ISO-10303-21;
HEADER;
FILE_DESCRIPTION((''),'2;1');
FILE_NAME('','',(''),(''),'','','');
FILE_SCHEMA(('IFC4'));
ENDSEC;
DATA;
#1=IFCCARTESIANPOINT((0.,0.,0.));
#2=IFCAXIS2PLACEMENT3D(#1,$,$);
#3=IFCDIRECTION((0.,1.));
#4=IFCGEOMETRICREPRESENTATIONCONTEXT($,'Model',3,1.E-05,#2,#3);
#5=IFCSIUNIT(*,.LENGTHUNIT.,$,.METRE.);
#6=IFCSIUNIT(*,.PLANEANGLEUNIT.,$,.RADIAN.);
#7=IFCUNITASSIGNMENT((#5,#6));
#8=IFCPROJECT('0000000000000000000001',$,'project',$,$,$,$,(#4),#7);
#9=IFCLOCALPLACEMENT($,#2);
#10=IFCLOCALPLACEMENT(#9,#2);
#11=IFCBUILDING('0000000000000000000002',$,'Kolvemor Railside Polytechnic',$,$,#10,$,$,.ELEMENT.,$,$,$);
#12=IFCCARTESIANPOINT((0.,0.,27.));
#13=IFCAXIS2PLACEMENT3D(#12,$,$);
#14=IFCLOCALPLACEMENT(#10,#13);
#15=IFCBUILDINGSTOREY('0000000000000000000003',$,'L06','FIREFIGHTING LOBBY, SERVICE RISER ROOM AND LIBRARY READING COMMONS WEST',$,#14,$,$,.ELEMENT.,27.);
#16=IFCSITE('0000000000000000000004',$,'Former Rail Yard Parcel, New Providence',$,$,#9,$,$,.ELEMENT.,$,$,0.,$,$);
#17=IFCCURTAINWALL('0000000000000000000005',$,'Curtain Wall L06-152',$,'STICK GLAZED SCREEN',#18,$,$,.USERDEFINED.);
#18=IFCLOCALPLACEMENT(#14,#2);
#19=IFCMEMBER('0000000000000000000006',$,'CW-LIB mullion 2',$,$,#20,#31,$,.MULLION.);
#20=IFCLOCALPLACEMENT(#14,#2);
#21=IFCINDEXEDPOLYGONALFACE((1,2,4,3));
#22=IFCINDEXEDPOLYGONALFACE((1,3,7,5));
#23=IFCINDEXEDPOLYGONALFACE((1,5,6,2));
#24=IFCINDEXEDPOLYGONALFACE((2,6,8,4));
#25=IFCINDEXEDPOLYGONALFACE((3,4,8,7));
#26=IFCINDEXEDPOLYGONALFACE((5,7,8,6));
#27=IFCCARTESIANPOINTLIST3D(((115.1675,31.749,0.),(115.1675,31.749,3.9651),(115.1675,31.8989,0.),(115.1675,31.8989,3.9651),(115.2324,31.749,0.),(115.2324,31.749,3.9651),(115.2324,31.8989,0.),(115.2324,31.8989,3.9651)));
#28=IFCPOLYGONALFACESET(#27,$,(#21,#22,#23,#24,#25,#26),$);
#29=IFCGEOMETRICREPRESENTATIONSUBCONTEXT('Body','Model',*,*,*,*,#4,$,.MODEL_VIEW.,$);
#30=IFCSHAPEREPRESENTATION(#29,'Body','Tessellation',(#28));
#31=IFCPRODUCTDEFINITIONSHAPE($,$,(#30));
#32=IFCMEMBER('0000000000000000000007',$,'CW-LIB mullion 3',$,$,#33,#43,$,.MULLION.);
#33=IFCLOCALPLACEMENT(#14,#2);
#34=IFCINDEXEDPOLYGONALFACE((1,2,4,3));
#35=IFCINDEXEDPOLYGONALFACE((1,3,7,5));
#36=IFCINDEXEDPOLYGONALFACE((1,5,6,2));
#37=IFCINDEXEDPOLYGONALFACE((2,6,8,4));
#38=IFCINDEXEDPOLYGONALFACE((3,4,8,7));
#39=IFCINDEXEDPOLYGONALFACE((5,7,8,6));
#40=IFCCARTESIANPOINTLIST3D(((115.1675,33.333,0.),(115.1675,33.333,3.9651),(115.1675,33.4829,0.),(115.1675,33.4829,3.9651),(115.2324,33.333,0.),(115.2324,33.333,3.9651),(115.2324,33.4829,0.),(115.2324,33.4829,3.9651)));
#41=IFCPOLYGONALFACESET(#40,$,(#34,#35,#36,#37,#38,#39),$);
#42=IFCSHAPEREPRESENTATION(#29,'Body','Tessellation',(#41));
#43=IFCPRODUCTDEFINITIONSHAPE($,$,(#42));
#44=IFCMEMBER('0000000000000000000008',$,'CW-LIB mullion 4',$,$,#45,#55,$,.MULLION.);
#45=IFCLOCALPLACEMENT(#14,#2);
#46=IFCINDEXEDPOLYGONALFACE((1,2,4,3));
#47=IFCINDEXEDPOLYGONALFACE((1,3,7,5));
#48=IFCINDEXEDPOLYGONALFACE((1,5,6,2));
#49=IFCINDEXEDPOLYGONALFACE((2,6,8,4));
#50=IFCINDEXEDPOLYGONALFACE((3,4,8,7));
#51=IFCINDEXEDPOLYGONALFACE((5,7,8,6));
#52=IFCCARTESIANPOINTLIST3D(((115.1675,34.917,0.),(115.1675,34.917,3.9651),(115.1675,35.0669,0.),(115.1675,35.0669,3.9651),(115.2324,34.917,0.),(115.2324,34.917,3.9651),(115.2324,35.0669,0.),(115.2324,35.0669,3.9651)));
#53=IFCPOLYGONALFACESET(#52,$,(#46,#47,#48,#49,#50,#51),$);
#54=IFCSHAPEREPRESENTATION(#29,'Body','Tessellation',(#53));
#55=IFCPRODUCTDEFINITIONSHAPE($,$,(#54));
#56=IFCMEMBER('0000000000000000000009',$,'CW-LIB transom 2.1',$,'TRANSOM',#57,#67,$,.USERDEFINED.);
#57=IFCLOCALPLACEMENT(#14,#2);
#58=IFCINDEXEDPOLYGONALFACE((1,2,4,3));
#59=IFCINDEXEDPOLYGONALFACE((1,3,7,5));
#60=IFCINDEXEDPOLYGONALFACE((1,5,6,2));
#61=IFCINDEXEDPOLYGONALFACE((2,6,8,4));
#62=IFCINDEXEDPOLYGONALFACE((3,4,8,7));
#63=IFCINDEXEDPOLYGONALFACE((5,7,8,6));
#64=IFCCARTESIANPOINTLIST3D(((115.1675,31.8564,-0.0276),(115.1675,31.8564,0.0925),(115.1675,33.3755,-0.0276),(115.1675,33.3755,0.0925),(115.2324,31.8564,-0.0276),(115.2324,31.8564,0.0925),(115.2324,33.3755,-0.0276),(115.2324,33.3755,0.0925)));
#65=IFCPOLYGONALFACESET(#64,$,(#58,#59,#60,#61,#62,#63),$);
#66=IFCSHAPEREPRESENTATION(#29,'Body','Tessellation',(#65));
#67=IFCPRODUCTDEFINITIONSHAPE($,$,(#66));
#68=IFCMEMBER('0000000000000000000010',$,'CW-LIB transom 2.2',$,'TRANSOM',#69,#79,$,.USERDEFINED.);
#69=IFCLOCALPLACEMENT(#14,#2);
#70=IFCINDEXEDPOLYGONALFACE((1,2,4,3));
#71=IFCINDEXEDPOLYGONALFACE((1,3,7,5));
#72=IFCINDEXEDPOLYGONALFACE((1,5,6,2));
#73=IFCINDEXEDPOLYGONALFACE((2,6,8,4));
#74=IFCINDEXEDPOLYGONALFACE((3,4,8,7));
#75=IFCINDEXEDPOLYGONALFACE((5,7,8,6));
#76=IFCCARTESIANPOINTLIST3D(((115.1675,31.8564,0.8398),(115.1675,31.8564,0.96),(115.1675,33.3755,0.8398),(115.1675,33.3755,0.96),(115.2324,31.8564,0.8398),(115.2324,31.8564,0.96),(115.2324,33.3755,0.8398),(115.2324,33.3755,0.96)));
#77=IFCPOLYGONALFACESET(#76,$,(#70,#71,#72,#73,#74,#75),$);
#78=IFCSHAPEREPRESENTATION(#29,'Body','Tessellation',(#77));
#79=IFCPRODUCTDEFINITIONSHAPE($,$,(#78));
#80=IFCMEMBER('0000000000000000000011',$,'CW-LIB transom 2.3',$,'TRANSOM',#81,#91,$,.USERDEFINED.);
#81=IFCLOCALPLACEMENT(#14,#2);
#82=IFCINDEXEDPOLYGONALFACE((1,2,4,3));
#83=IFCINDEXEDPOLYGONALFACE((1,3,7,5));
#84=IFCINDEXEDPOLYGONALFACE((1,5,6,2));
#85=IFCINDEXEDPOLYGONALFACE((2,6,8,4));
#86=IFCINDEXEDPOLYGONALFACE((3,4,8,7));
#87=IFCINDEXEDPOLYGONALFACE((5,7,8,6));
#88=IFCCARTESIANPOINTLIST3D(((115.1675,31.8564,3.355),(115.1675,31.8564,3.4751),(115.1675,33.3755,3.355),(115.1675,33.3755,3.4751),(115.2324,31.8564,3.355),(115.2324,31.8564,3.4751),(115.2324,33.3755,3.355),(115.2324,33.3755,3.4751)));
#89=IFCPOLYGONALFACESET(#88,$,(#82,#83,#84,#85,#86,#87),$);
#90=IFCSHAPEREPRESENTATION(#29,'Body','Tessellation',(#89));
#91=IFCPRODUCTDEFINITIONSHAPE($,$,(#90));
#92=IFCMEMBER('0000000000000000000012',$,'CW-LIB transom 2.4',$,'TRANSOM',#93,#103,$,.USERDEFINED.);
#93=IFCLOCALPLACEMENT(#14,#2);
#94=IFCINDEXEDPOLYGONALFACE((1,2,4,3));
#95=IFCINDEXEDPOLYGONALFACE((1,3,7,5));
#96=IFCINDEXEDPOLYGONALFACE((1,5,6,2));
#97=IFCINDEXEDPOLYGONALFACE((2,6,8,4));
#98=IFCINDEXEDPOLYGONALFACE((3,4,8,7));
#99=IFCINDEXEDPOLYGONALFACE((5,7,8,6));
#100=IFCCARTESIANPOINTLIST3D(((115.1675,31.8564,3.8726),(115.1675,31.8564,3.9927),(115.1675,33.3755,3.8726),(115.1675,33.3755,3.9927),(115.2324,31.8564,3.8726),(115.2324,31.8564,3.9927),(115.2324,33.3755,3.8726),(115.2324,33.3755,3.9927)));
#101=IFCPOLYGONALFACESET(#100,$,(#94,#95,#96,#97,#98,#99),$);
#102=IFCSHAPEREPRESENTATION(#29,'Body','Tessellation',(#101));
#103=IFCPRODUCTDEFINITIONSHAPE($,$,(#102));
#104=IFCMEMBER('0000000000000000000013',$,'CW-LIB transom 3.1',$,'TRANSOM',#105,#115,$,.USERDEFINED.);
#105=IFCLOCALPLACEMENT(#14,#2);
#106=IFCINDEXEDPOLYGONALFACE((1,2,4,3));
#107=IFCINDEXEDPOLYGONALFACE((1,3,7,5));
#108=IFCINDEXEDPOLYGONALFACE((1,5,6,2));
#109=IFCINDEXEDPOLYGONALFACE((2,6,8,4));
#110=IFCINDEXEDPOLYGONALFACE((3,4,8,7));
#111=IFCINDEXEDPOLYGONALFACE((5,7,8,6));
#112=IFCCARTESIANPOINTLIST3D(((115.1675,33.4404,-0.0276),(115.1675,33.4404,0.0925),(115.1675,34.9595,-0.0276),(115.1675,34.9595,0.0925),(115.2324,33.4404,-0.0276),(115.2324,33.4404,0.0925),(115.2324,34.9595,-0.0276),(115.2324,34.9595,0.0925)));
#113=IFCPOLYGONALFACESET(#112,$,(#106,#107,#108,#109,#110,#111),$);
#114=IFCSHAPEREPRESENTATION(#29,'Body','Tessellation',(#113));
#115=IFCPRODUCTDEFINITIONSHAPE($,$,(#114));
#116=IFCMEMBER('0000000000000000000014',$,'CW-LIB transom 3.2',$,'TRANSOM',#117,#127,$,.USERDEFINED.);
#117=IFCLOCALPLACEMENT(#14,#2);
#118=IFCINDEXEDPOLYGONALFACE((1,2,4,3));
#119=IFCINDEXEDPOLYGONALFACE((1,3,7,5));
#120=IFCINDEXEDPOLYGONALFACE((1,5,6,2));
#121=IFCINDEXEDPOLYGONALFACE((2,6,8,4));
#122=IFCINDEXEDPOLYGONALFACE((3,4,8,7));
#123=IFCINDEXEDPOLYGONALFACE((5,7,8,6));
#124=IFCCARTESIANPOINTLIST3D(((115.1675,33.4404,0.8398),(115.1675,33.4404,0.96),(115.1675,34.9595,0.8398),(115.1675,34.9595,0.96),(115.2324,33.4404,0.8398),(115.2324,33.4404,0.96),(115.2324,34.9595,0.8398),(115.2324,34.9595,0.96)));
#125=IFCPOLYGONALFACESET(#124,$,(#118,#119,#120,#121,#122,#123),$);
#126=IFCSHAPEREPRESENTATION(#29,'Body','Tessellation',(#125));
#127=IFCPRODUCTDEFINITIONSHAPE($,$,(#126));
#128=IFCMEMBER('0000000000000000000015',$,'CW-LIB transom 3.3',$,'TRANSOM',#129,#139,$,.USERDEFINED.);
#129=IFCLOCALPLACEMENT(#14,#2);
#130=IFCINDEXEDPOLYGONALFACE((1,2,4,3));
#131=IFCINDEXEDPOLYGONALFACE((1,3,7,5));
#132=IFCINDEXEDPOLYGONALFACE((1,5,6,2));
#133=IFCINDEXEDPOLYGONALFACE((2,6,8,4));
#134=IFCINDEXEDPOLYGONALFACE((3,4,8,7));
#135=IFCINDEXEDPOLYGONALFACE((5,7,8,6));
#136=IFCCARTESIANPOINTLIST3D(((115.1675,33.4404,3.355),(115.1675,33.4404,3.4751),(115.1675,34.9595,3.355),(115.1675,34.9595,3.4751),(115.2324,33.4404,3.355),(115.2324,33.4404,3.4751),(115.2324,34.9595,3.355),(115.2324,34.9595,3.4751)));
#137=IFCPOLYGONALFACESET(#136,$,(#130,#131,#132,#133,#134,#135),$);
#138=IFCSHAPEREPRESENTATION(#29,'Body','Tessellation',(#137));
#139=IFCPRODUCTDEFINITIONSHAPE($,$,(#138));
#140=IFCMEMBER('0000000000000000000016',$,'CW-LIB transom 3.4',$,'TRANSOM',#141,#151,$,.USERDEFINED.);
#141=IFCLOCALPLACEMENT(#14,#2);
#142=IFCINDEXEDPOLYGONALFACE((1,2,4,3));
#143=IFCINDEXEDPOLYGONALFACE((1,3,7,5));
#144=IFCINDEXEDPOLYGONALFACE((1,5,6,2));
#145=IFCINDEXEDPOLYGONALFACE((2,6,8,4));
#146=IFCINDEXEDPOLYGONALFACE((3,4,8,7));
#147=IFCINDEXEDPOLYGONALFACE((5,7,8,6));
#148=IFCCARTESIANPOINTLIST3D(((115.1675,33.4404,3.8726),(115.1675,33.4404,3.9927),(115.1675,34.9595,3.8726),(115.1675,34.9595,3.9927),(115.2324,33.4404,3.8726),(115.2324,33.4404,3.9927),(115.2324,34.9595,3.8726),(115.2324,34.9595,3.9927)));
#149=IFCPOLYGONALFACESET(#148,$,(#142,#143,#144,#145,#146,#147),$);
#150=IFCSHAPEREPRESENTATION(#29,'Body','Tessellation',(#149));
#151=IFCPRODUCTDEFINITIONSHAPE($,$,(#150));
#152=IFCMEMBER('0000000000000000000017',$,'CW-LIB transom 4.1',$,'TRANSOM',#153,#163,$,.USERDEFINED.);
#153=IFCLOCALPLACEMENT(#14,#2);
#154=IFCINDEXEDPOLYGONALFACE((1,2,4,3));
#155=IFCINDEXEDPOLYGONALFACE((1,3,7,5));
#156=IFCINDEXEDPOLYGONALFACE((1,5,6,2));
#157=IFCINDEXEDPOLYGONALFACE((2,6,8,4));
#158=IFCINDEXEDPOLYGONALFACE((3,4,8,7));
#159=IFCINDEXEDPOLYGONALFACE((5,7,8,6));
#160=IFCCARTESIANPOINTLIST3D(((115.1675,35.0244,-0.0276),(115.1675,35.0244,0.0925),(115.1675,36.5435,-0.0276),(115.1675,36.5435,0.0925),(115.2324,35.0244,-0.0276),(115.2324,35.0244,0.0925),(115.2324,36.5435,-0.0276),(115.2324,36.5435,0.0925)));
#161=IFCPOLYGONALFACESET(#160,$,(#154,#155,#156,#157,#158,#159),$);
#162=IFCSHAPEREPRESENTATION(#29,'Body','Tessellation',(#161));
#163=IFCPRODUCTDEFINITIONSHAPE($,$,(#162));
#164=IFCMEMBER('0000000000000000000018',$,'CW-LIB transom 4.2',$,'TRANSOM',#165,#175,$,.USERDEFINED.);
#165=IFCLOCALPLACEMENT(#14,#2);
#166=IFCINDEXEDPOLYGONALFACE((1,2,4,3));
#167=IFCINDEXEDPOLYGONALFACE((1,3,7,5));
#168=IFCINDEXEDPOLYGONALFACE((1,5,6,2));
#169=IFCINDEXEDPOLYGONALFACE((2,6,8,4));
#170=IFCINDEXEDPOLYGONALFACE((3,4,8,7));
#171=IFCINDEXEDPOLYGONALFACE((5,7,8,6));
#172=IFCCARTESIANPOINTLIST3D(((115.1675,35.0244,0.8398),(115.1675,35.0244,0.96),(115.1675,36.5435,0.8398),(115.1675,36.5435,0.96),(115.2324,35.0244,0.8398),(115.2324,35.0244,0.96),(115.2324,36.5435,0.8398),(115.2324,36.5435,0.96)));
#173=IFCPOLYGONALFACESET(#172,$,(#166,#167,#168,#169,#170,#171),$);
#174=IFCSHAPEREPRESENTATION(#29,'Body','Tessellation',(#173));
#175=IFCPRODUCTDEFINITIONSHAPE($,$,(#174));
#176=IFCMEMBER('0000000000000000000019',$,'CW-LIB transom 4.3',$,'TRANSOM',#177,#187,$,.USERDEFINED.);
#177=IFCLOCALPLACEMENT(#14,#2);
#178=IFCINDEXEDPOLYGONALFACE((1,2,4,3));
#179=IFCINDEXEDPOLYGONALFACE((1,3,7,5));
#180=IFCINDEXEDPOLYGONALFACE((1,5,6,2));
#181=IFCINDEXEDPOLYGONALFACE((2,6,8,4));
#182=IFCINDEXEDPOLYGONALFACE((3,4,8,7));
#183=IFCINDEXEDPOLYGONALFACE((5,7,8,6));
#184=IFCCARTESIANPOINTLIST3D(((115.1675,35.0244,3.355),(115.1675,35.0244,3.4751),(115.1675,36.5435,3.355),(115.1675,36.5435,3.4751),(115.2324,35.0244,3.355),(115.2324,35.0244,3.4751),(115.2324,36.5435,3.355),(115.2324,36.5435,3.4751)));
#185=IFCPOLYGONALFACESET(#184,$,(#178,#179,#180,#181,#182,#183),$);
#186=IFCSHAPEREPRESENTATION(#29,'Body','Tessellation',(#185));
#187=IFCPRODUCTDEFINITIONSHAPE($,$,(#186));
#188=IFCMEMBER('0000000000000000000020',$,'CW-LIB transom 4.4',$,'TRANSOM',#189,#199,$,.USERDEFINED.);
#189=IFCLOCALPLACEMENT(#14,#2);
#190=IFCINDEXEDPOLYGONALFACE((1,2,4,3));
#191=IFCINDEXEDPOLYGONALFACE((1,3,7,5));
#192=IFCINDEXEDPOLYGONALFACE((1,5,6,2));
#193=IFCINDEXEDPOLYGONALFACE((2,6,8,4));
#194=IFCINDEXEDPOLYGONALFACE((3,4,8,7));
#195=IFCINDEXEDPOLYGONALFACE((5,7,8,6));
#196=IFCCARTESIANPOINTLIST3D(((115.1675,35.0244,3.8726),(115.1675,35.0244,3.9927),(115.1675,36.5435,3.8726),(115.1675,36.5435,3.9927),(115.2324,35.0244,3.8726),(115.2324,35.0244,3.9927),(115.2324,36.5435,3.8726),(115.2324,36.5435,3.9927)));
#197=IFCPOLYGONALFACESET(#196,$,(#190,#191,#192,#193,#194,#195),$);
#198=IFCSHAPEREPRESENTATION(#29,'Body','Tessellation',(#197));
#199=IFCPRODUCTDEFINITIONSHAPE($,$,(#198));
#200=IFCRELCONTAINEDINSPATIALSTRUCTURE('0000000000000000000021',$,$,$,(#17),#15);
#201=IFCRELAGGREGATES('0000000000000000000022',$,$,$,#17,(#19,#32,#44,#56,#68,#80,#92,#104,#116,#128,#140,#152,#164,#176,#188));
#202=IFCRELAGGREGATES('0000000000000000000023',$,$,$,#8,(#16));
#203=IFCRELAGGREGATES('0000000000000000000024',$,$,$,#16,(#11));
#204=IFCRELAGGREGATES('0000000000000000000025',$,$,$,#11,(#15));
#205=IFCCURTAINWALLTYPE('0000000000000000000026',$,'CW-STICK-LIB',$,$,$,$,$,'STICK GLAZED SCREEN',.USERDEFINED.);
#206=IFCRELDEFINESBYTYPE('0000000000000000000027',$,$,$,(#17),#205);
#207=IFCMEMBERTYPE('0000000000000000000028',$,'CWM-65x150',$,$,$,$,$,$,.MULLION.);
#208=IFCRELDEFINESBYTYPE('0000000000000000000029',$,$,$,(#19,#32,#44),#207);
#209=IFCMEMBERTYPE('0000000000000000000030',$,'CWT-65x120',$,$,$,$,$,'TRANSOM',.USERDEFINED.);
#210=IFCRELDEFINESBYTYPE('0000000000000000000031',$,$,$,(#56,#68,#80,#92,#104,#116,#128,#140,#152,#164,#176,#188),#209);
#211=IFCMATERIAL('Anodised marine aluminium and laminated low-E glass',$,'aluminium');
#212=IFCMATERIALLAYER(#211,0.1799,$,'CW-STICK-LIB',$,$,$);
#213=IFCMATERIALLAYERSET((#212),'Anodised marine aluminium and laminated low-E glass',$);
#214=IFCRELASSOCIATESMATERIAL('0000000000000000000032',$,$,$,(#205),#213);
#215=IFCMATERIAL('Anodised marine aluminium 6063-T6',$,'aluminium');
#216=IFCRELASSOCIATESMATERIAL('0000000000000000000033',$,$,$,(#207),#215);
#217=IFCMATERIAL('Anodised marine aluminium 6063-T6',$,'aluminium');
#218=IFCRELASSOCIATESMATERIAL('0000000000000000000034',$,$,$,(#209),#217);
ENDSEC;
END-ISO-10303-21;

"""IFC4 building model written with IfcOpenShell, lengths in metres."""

from ifc_helpers import new_model, si_unit, direction, frame, origin, origin_2d, place, context, subcontext, project, spatial, rectangle, extrude, material, layer, layer_set, material_profile, profile_set, type_object, element, aggregate, save


model = new_model("IFC4")

# Units and contexts
model_context = context("Model", 3, precision=1e-05, world=origin(), true_north=direction((0.0, 1.0)))
body_context = subcontext(model_context, "Body", "Model", "MODEL_VIEW")
ifc_project = project(units=[si_unit("LENGTHUNIT", "METRE"), si_unit("PLANEANGLEUNIT", "RADIAN")], contexts=[model_context])

# Site, building, storey
site_placement = place(None, origin())
site = spatial("IfcSite", under=ifc_project, at=site_placement, Name="Former Rail Yard Parcel, New Providence", CompositionType="ELEMENT", RefElevation=0.0)
building_placement = place(site_placement, origin())
building = spatial("IfcBuilding", under=site, at=building_placement, Name="Kolvemor Railside Polytechnic", CompositionType="ELEMENT")
storey_placement = place(building_placement, frame((0.0, 0.0, 27.0)))
storey = spatial("IfcBuildingStorey", under=building, at=storey_placement, Name="L06", Description="FIREFIGHTING LOBBY, SERVICE RISER ROOM AND LIBRARY READING COMMONS WEST", CompositionType="ELEMENT", Elevation=27.0)

# Curtain wall, members
ifc_material_1 = material(Name="Anodised marine aluminium and laminated low-E glass", Category="aluminium")
ifc_layer_1 = layer(ifc_material_1, 0.1799, Name="CW-STICK-LIB")
ifc_layer_set_1 = layer_set([ifc_layer_1], Name="Anodised marine aluminium and laminated low-E glass")
curtain_wall_type = type_object("IfcCurtainWallType", Name="CW-STICK-LIB", ElementType="STICK GLAZED SCREEN", PredefinedType="USERDEFINED", material=ifc_layer_set_1)
curtain_wall_placement = place(storey_placement, origin())
curtain_wall = element("IfcCurtainWall", 1, at=curtain_wall_placement, inside=storey, type_object=curtain_wall_type, Name="Curtain Wall L06-152", ObjectType="STICK GLAZED SCREEN", PredefinedType="USERDEFINED")
ifc_material_2 = material(Name="Anodised marine aluminium 6063-T6", Category="aluminium")
ifc_material_profile_1 = material_profile(ifc_material_2, rectangle(XDim=0.0649, YDim=0.1499, at=origin_2d()), Name="CW-MUL-65x150")
ifc_profile_set_1 = profile_set([ifc_material_profile_1], Name="Anodised marine aluminium 6063-T6")
member_type_1 = type_object("IfcMemberType", Name="CWM-65x150", PredefinedType="MULLION", material=ifc_profile_set_1)
member_1_placement = place(storey_placement, frame((115.2, 31.824, 0.0), z_axis=(0.0, 0.0, 1.0), x_axis=(-1.0, 0.0, 0.0)))
member_1 = element("IfcMember", 2, at=member_1_placement, type_object=member_type_1, Name="CW-LIB mullion 2", PredefinedType="MULLION", context=body_context, shape_type="SweptSolid", body=[
    extrude(rectangle(XDim=0.0649, YDim=0.1499, at=origin_2d()), origin(), (0.0, 0.0, 1.0), 3.9651),
])
member_2_placement = place(storey_placement, frame((115.2, 33.408, 0.0), z_axis=(0.0, 0.0, 1.0), x_axis=(-1.0, 0.0, 0.0)))
member_2 = element("IfcMember", 3, at=member_2_placement, type_object=member_type_1, Name="CW-LIB mullion 3", PredefinedType="MULLION", context=body_context, shape_type="SweptSolid", body=[
    extrude(rectangle(XDim=0.0649, YDim=0.1499, at=origin_2d()), origin(), (0.0, 0.0, 1.0), 3.9651),
])
member_3_placement = place(storey_placement, frame((115.2, 34.9919, 0.0), z_axis=(0.0, 0.0, 1.0), x_axis=(-1.0, 0.0, 0.0)))
member_3 = element("IfcMember", 4, at=member_3_placement, type_object=member_type_1, Name="CW-LIB mullion 4", PredefinedType="MULLION", context=body_context, shape_type="SweptSolid", body=[
    extrude(rectangle(XDim=0.0649, YDim=0.1499, at=origin_2d()), origin(), (0.0, 0.0, 1.0), 3.9651),
])
ifc_material_3 = material(Name="Anodised marine aluminium 6063-T6", Category="aluminium")
ifc_material_profile_2 = material_profile(ifc_material_3, rectangle(XDim=0.0649, YDim=0.1201, at=origin_2d()), Name="CW-TRN-65x120")
ifc_profile_set_2 = profile_set([ifc_material_profile_2], Name="Anodised marine aluminium 6063-T6")
member_type_2 = type_object("IfcMemberType", Name="CWT-65x120", ElementType="TRANSOM", PredefinedType="USERDEFINED", material=ifc_profile_set_2)
member_4_placement = place(storey_placement, frame((115.2, 31.8564, 0.0325), z_axis=(0.0, 1.0, 0.0), x_axis=(-1.0, 0.0, 0.0)))
member_4 = element("IfcMember", 5, at=member_4_placement, type_object=member_type_2, Name="CW-LIB transom 2.1", ObjectType="TRANSOM", PredefinedType="USERDEFINED", context=body_context, shape_type="SweptSolid", body=[
    extrude(rectangle(XDim=0.0649, YDim=0.1201, at=origin_2d()), origin(), (0.0, 0.0, 1.0), 1.519),
])
member_5_placement = place(storey_placement, frame((115.2, 31.8564, 0.8999), z_axis=(0.0, 1.0, 0.0), x_axis=(-1.0, 0.0, 0.0)))
member_5 = element("IfcMember", 6, at=member_5_placement, type_object=member_type_2, Name="CW-LIB transom 2.2", ObjectType="TRANSOM", PredefinedType="USERDEFINED", context=body_context, shape_type="SweptSolid", body=[
    extrude(rectangle(XDim=0.0649, YDim=0.1201, at=origin_2d()), origin(), (0.0, 0.0, 1.0), 1.519),
])
member_6_placement = place(storey_placement, frame((115.2, 31.8564, 3.415), z_axis=(0.0, 1.0, 0.0), x_axis=(-1.0, 0.0, 0.0)))
member_6 = element("IfcMember", 7, at=member_6_placement, type_object=member_type_2, Name="CW-LIB transom 2.3", ObjectType="TRANSOM", PredefinedType="USERDEFINED", context=body_context, shape_type="SweptSolid", body=[
    extrude(rectangle(XDim=0.0649, YDim=0.1201, at=origin_2d()), origin(), (0.0, 0.0, 1.0), 1.519),
])
member_7_placement = place(storey_placement, frame((115.2, 31.8564, 3.9326), z_axis=(0.0, 1.0, 0.0), x_axis=(-1.0, 0.0, 0.0)))
member_7 = element("IfcMember", 8, at=member_7_placement, type_object=member_type_2, Name="CW-LIB transom 2.4", ObjectType="TRANSOM", PredefinedType="USERDEFINED", context=body_context, shape_type="SweptSolid", body=[
    extrude(rectangle(XDim=0.0649, YDim=0.1201, at=origin_2d()), origin(), (0.0, 0.0, 1.0), 1.519),
])
member_8_placement = place(storey_placement, frame((115.2, 33.4404, 0.0325), z_axis=(0.0, 1.0, 0.0), x_axis=(-1.0, 0.0, 0.0)))
member_8 = element("IfcMember", 9, at=member_8_placement, type_object=member_type_2, Name="CW-LIB transom 3.1", ObjectType="TRANSOM", PredefinedType="USERDEFINED", context=body_context, shape_type="SweptSolid", body=[
    extrude(rectangle(XDim=0.0649, YDim=0.1201, at=origin_2d()), origin(), (0.0, 0.0, 1.0), 1.519),
])
member_9_placement = place(storey_placement, frame((115.2, 33.4404, 0.8999), z_axis=(0.0, 1.0, 0.0), x_axis=(-1.0, 0.0, 0.0)))
member_9 = element("IfcMember", 10, at=member_9_placement, type_object=member_type_2, Name="CW-LIB transom 3.2", ObjectType="TRANSOM", PredefinedType="USERDEFINED", context=body_context, shape_type="SweptSolid", body=[
    extrude(rectangle(XDim=0.0649, YDim=0.1201, at=origin_2d()), origin(), (0.0, 0.0, 1.0), 1.519),
])
member_10_placement = place(storey_placement, frame((115.2, 33.4404, 3.415), z_axis=(0.0, 1.0, 0.0), x_axis=(-1.0, 0.0, 0.0)))
member_10 = element("IfcMember", 11, at=member_10_placement, type_object=member_type_2, Name="CW-LIB transom 3.3", ObjectType="TRANSOM", PredefinedType="USERDEFINED", context=body_context, shape_type="SweptSolid", body=[
    extrude(rectangle(XDim=0.0649, YDim=0.1201, at=origin_2d()), origin(), (0.0, 0.0, 1.0), 1.519),
])
member_11_placement = place(storey_placement, frame((115.2, 33.4404, 3.9326), z_axis=(0.0, 1.0, 0.0), x_axis=(-1.0, 0.0, 0.0)))
member_11 = element("IfcMember", 12, at=member_11_placement, type_object=member_type_2, Name="CW-LIB transom 3.4", ObjectType="TRANSOM", PredefinedType="USERDEFINED", context=body_context, shape_type="SweptSolid", body=[
    extrude(rectangle(XDim=0.0649, YDim=0.1201, at=origin_2d()), origin(), (0.0, 0.0, 1.0), 1.519),
])
member_12_placement = place(storey_placement, frame((115.2, 35.0244, 0.0325), z_axis=(0.0, 1.0, 0.0), x_axis=(-1.0, 0.0, 0.0)))
member_12 = element("IfcMember", 13, at=member_12_placement, type_object=member_type_2, Name="CW-LIB transom 4.1", ObjectType="TRANSOM", PredefinedType="USERDEFINED", context=body_context, shape_type="SweptSolid", body=[
    extrude(rectangle(XDim=0.0649, YDim=0.1201, at=origin_2d()), origin(), (0.0, 0.0, 1.0), 1.519),
])
member_13_placement = place(storey_placement, frame((115.2, 35.0244, 0.8999), z_axis=(0.0, 1.0, 0.0), x_axis=(-1.0, 0.0, 0.0)))
member_13 = element("IfcMember", 14, at=member_13_placement, type_object=member_type_2, Name="CW-LIB transom 4.2", ObjectType="TRANSOM", PredefinedType="USERDEFINED", context=body_context, shape_type="SweptSolid", body=[
    extrude(rectangle(XDim=0.0649, YDim=0.1201, at=origin_2d()), origin(), (0.0, 0.0, 1.0), 1.519),
])
member_14_placement = place(storey_placement, frame((115.2, 35.0244, 3.415), z_axis=(0.0, 1.0, 0.0), x_axis=(-1.0, 0.0, 0.0)))
member_14 = element("IfcMember", 15, at=member_14_placement, type_object=member_type_2, Name="CW-LIB transom 4.3", ObjectType="TRANSOM", PredefinedType="USERDEFINED", context=body_context, shape_type="SweptSolid", body=[
    extrude(rectangle(XDim=0.0649, YDim=0.1201, at=origin_2d()), origin(), (0.0, 0.0, 1.0), 1.519),
])
member_15_placement = place(storey_placement, frame((115.2, 35.0244, 3.9326), z_axis=(0.0, 1.0, 0.0), x_axis=(-1.0, 0.0, 0.0)))
member_15 = element("IfcMember", 16, at=member_15_placement, type_object=member_type_2, Name="CW-LIB transom 4.4", ObjectType="TRANSOM", PredefinedType="USERDEFINED", context=body_context, shape_type="SweptSolid", body=[
    extrude(rectangle(XDim=0.0649, YDim=0.1201, at=origin_2d()), origin(), (0.0, 0.0, 1.0), 1.519),
])
aggregate(curtain_wall, [member_1, member_2, member_3, member_4, member_5, member_6, member_7, member_8, member_9, member_10, member_11, member_12, member_13, member_14, member_15])

save(model, "model.ifc")
